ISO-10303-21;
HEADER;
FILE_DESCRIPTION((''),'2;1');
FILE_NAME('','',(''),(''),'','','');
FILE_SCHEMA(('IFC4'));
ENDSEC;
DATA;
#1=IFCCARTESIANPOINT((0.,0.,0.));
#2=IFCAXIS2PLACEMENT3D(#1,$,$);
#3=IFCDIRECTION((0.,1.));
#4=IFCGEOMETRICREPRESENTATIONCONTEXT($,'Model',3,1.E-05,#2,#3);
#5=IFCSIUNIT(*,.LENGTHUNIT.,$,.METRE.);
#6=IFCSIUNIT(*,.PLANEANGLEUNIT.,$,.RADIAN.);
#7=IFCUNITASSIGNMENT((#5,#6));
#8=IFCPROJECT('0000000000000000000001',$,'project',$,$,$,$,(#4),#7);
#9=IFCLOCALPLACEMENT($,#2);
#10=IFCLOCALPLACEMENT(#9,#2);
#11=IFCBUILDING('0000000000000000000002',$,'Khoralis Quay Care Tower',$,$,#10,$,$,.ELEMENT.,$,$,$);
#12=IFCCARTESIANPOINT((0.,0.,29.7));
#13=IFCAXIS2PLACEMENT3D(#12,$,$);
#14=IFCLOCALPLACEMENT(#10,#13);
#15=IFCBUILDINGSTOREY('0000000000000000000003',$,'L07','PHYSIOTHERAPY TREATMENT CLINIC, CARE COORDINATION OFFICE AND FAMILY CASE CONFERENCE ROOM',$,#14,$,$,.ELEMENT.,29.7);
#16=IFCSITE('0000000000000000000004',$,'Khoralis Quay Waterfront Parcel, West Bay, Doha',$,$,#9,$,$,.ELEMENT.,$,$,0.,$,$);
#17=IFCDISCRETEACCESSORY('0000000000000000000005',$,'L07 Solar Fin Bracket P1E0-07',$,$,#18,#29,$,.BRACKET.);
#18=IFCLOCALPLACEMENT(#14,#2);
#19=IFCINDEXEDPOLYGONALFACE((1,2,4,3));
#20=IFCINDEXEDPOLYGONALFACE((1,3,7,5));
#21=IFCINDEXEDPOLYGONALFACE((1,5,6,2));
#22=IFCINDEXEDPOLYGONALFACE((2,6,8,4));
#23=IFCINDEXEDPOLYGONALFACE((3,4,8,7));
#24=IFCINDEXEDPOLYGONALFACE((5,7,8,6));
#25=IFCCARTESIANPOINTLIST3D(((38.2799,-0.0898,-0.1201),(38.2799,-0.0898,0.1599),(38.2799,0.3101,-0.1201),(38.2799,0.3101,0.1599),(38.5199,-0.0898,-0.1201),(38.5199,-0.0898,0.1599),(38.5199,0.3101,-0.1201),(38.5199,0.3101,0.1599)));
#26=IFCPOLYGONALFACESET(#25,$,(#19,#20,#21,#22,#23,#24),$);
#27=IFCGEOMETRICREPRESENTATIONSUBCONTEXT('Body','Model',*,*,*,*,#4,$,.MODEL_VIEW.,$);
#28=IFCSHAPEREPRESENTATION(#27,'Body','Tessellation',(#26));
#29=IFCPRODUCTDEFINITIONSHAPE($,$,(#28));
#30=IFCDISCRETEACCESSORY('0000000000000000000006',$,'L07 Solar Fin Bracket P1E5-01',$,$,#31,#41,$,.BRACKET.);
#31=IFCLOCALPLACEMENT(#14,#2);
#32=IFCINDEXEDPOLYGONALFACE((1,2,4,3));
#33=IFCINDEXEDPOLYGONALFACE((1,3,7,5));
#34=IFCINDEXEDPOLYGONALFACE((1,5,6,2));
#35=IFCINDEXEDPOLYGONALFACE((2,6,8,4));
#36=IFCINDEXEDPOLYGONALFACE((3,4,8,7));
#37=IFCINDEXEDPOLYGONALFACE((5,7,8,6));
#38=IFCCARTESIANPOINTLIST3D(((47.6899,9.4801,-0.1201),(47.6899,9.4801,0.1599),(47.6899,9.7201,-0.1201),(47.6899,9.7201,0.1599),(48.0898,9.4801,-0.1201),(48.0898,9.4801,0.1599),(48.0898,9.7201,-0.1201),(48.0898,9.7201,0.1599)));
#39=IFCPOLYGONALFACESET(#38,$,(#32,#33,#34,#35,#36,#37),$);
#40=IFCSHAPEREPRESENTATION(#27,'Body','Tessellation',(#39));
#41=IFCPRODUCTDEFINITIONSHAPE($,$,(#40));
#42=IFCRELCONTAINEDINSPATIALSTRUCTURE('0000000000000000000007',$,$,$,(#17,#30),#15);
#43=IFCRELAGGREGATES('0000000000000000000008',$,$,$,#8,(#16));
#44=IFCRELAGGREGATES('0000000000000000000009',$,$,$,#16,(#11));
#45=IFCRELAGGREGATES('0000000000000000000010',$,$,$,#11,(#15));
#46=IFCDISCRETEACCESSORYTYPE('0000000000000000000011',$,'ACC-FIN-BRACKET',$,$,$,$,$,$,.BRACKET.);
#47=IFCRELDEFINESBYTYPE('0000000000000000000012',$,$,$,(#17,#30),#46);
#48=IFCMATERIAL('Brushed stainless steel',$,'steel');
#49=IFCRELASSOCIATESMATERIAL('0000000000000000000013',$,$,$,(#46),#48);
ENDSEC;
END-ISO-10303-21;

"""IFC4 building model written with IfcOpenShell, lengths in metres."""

from ifc_helpers import new_model, si_unit, direction, frame, origin, origin_2d, place, context, subcontext, project, spatial, rectangle, extrude, source, transform, mapped, material, type_object, element, save


model = new_model("IFC4")

# Units and contexts
model_context = context("Model", 3, precision=1e-05, world=origin(), true_north=direction((0.0, 1.0)))
body_context = subcontext(model_context, "Body", "Model", "MODEL_VIEW")
ifc_project = project(units=[si_unit("LENGTHUNIT", "METRE"), si_unit("PLANEANGLEUNIT", "RADIAN")], contexts=[model_context])

# Site, building, storey
site_placement = place(None, origin())
site = spatial("IfcSite", under=ifc_project, at=site_placement, Name="Khoralis Quay Waterfront Parcel, West Bay, Doha", CompositionType="ELEMENT", RefElevation=0.0)
building_placement = place(site_placement, origin())
building = spatial("IfcBuilding", under=site, at=building_placement, Name="Khoralis Quay Care Tower", CompositionType="ELEMENT")
storey_placement = place(building_placement, frame((0.0, 0.0, 29.7)))
storey = spatial("IfcBuildingStorey", under=building, at=storey_placement, Name="L07", Description="PHYSIOTHERAPY TREATMENT CLINIC, CARE COORDINATION OFFICE AND FAMILY CASE CONFERENCE ROOM", CompositionType="ELEMENT", Elevation=29.7)

# Discrete accessories
ifc_material_1 = material(Name="Brushed stainless steel", Category="steel")
discrete_accessory_type = type_object("IfcDiscreteAccessoryType", Name="ACC-FIN-BRACKET", PredefinedType="BRACKET", material=ifc_material_1)
shared_shape_1 = source(origin(), body_context, "Body", "SweptSolid", [
    extrude(rectangle(XDim=0.3999, YDim=0.24, at=origin_2d()), origin(), (0.0, 0.0, 1.0), 0.28),
])
for number, where, z_axis, x_axis, name in (
    (1, (38.3999, 0.1101, -0.1201), (0.0, 0.0, 1.0), (0.0, -1.0, 0.0), "L07 Solar Fin Bracket P1E0-07"),
    (2, (47.8899, 9.6001, -0.1201), (0.0, 0.0, 1.0), (1.0, 0.0, 0.0), "L07 Solar Fin Bracket P1E5-01"),
):
    element("IfcDiscreteAccessory", number, at=place(storey_placement, frame(where, z_axis=z_axis, x_axis=x_axis)), inside=storey, type_object=discrete_accessory_type, Name=name, PredefinedType="BRACKET", context=body_context, shape_type="MappedRepresentation", body=[
        mapped(shared_shape_1, transform((0.0, 0.0, 0.0), scale=1.0)),
    ])

save(model, "model.ifc")
